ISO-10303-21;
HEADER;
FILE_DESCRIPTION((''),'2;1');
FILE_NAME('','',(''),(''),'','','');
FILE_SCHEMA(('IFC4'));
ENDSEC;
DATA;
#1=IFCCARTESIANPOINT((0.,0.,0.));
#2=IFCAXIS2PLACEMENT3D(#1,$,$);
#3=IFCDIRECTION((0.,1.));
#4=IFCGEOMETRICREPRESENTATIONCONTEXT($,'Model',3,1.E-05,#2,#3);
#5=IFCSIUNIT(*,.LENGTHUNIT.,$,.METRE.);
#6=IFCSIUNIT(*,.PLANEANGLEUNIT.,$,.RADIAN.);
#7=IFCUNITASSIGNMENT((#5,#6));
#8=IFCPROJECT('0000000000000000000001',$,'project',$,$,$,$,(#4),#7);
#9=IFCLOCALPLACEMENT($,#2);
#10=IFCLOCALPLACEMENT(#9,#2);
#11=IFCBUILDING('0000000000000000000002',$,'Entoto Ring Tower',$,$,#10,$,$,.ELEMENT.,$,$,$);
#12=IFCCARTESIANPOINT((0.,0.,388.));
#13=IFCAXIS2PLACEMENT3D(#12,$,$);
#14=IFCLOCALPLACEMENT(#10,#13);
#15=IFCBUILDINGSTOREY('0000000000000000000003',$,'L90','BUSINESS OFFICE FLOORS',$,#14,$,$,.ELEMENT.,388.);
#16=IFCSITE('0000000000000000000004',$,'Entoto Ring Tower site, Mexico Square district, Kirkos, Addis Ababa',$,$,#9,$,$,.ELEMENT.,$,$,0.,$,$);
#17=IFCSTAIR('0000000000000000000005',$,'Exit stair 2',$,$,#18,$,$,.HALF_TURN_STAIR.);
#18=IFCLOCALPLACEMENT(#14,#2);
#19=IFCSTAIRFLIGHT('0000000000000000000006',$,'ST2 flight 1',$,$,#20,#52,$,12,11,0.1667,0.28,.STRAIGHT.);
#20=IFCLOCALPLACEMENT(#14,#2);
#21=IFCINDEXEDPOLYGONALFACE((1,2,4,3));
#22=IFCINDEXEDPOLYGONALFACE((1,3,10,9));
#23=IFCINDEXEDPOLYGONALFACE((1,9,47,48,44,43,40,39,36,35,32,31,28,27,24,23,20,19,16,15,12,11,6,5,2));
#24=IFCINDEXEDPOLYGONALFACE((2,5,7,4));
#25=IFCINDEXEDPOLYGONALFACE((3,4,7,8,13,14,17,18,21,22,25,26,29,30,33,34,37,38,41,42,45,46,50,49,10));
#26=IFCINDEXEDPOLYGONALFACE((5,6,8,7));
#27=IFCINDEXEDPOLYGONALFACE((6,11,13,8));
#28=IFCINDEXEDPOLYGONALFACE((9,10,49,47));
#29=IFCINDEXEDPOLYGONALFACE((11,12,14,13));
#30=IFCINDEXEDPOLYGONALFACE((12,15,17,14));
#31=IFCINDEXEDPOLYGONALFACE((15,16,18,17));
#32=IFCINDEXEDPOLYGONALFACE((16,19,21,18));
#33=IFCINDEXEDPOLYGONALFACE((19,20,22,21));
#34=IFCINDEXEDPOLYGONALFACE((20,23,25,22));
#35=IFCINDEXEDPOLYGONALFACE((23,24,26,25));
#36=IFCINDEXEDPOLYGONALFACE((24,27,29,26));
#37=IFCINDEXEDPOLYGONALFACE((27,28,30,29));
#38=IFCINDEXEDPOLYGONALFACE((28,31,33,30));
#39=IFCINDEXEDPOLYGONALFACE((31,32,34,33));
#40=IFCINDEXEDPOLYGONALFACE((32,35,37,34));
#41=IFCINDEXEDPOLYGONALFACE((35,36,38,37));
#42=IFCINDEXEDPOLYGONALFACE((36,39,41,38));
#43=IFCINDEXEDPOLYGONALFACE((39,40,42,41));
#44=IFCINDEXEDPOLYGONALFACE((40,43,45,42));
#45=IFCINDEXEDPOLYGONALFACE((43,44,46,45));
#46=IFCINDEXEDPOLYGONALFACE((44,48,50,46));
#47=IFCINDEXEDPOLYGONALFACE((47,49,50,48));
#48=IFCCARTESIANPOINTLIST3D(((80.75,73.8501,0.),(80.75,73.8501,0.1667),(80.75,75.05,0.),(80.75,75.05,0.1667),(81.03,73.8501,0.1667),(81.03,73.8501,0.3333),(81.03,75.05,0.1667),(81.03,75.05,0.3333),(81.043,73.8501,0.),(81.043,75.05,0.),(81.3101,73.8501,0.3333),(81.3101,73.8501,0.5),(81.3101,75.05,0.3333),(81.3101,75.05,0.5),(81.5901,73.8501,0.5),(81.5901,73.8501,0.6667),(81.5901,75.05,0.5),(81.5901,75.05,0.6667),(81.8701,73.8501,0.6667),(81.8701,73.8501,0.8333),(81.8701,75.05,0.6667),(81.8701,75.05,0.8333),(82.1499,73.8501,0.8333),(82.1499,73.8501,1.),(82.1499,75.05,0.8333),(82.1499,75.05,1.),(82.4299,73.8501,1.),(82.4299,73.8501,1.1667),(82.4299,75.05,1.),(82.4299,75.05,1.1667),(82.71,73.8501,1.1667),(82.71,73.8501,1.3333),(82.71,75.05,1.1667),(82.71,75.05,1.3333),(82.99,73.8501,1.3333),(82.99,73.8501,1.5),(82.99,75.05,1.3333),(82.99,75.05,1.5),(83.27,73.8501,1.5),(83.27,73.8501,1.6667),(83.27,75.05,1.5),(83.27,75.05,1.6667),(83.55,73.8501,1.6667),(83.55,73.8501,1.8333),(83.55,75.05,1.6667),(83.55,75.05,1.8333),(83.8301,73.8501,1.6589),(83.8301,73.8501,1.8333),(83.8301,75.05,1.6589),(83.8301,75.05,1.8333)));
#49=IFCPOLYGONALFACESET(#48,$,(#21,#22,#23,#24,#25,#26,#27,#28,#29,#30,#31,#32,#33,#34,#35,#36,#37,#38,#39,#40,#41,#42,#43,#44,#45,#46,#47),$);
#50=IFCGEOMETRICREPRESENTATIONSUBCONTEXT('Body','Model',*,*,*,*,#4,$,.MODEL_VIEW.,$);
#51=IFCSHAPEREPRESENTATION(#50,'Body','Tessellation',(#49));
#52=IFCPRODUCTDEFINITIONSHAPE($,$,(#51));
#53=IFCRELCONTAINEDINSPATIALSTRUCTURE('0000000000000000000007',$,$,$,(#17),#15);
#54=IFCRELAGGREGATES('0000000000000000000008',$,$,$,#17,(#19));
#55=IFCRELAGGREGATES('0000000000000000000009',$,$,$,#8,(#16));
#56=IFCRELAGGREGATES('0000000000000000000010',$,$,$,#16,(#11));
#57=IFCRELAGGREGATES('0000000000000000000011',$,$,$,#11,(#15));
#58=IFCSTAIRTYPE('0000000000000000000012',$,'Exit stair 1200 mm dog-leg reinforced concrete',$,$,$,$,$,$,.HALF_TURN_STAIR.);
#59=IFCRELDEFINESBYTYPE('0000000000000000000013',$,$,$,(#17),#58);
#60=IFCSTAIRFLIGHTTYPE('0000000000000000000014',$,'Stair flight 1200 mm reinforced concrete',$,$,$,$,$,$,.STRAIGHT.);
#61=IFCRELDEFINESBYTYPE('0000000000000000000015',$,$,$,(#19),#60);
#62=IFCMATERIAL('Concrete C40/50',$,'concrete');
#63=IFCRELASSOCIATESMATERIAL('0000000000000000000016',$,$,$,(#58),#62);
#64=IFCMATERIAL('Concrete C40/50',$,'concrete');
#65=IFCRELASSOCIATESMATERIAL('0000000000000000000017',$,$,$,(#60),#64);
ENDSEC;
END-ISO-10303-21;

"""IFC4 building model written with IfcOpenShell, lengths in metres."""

from ifc_helpers import new_model, si_unit, direction, frame, origin, place, context, subcontext, project, spatial, polyline, outline, extrude, material, type_object, element, aggregate, save


model = new_model("IFC4")

# Units and contexts
model_context = context("Model", 3, precision=1e-05, world=origin(), true_north=direction((0.0, 1.0)))
body_context = subcontext(model_context, "Body", "Model", "MODEL_VIEW")
ifc_project = project(units=[si_unit("LENGTHUNIT", "METRE"), si_unit("PLANEANGLEUNIT", "RADIAN")], contexts=[model_context])

# Site, building, storey
site_placement = place(None, origin())
site = spatial("IfcSite", under=ifc_project, at=site_placement, Name="Entoto Ring Tower site, Mexico Square district, Kirkos, Addis Ababa", CompositionType="ELEMENT", RefElevation=0.0)
building_placement = place(site_placement, origin())
building = spatial("IfcBuilding", under=site, at=building_placement, Name="Entoto Ring Tower", CompositionType="ELEMENT")
storey_placement = place(building_placement, frame((0.0, 0.0, 388.0)))
storey = spatial("IfcBuildingStorey", under=building, at=storey_placement, Name="L90", Description="BUSINESS OFFICE FLOORS", CompositionType="ELEMENT", Elevation=388.0)

# Stair, stair flight
ifc_material_1 = material(Name="Concrete C40/50", Category="concrete")
stair_type = type_object("IfcStairType", Name="Exit stair 1200 mm dog-leg reinforced concrete", PredefinedType="HALF_TURN_STAIR", material=ifc_material_1)
stair_placement = place(storey_placement, origin())
stair = element("IfcStair", 1, at=stair_placement, inside=storey, type_object=stair_type, Name="Exit stair 2", PredefinedType="HALF_TURN_STAIR")
ifc_material_2 = material(Name="Concrete C40/50", Category="concrete")
stair_flight_type = type_object("IfcStairFlightType", Name="Stair flight 1200 mm reinforced concrete", PredefinedType="STRAIGHT", material=ifc_material_2)
stair_flight_placement = place(storey_placement, frame((80.75, 74.45, 0.0), z_axis=(0.0, 0.0, 1.0), x_axis=(1.0, 0.0, 0.0)))
stair_flight = element("IfcStairFlight", 2, at=stair_flight_placement, type_object=stair_flight_type, Name="ST2 flight 1", NumberOfRisers=12, NumberOfTreads=11, PredefinedType="STRAIGHT", RiserHeight=0.1667, TreadLength=0.28, context=body_context, shape_type="SweptSolid", body=[
    extrude(outline(polyline([(0.0, 0.0), (0.0, 0.1667), (0.28, 0.1667), (0.28, 0.3333), (0.5601, 0.3333), (0.5601, 0.5), (0.8401, 0.5), (0.8401, 0.6667), (1.1201, 0.6667), (1.1201, 0.8333), (1.3999, 0.8333), (1.3999, 1.0), (1.6799, 1.0), (1.6799, 1.1667), (1.96, 1.1667), (1.96, 1.3333), (2.24, 1.3333), (2.24, 1.5), (2.52, 1.5), (2.52, 1.6667), (2.8, 1.6667), (2.8, 1.8333), (3.0801, 1.8333), (3.0801, 2.0), (3.0801, 1.6589), (0.293, 0.0), (0.0, 0.0)])), frame((0.0, 0.6001, 0.0), z_axis=(0.0, -1.0, 0.0), x_axis=(1.0, 0.0, 0.0)), (0.0, 0.0, 1.0), 1.2),
])
aggregate(stair, [stair_flight])

save(model, "model.ifc")
